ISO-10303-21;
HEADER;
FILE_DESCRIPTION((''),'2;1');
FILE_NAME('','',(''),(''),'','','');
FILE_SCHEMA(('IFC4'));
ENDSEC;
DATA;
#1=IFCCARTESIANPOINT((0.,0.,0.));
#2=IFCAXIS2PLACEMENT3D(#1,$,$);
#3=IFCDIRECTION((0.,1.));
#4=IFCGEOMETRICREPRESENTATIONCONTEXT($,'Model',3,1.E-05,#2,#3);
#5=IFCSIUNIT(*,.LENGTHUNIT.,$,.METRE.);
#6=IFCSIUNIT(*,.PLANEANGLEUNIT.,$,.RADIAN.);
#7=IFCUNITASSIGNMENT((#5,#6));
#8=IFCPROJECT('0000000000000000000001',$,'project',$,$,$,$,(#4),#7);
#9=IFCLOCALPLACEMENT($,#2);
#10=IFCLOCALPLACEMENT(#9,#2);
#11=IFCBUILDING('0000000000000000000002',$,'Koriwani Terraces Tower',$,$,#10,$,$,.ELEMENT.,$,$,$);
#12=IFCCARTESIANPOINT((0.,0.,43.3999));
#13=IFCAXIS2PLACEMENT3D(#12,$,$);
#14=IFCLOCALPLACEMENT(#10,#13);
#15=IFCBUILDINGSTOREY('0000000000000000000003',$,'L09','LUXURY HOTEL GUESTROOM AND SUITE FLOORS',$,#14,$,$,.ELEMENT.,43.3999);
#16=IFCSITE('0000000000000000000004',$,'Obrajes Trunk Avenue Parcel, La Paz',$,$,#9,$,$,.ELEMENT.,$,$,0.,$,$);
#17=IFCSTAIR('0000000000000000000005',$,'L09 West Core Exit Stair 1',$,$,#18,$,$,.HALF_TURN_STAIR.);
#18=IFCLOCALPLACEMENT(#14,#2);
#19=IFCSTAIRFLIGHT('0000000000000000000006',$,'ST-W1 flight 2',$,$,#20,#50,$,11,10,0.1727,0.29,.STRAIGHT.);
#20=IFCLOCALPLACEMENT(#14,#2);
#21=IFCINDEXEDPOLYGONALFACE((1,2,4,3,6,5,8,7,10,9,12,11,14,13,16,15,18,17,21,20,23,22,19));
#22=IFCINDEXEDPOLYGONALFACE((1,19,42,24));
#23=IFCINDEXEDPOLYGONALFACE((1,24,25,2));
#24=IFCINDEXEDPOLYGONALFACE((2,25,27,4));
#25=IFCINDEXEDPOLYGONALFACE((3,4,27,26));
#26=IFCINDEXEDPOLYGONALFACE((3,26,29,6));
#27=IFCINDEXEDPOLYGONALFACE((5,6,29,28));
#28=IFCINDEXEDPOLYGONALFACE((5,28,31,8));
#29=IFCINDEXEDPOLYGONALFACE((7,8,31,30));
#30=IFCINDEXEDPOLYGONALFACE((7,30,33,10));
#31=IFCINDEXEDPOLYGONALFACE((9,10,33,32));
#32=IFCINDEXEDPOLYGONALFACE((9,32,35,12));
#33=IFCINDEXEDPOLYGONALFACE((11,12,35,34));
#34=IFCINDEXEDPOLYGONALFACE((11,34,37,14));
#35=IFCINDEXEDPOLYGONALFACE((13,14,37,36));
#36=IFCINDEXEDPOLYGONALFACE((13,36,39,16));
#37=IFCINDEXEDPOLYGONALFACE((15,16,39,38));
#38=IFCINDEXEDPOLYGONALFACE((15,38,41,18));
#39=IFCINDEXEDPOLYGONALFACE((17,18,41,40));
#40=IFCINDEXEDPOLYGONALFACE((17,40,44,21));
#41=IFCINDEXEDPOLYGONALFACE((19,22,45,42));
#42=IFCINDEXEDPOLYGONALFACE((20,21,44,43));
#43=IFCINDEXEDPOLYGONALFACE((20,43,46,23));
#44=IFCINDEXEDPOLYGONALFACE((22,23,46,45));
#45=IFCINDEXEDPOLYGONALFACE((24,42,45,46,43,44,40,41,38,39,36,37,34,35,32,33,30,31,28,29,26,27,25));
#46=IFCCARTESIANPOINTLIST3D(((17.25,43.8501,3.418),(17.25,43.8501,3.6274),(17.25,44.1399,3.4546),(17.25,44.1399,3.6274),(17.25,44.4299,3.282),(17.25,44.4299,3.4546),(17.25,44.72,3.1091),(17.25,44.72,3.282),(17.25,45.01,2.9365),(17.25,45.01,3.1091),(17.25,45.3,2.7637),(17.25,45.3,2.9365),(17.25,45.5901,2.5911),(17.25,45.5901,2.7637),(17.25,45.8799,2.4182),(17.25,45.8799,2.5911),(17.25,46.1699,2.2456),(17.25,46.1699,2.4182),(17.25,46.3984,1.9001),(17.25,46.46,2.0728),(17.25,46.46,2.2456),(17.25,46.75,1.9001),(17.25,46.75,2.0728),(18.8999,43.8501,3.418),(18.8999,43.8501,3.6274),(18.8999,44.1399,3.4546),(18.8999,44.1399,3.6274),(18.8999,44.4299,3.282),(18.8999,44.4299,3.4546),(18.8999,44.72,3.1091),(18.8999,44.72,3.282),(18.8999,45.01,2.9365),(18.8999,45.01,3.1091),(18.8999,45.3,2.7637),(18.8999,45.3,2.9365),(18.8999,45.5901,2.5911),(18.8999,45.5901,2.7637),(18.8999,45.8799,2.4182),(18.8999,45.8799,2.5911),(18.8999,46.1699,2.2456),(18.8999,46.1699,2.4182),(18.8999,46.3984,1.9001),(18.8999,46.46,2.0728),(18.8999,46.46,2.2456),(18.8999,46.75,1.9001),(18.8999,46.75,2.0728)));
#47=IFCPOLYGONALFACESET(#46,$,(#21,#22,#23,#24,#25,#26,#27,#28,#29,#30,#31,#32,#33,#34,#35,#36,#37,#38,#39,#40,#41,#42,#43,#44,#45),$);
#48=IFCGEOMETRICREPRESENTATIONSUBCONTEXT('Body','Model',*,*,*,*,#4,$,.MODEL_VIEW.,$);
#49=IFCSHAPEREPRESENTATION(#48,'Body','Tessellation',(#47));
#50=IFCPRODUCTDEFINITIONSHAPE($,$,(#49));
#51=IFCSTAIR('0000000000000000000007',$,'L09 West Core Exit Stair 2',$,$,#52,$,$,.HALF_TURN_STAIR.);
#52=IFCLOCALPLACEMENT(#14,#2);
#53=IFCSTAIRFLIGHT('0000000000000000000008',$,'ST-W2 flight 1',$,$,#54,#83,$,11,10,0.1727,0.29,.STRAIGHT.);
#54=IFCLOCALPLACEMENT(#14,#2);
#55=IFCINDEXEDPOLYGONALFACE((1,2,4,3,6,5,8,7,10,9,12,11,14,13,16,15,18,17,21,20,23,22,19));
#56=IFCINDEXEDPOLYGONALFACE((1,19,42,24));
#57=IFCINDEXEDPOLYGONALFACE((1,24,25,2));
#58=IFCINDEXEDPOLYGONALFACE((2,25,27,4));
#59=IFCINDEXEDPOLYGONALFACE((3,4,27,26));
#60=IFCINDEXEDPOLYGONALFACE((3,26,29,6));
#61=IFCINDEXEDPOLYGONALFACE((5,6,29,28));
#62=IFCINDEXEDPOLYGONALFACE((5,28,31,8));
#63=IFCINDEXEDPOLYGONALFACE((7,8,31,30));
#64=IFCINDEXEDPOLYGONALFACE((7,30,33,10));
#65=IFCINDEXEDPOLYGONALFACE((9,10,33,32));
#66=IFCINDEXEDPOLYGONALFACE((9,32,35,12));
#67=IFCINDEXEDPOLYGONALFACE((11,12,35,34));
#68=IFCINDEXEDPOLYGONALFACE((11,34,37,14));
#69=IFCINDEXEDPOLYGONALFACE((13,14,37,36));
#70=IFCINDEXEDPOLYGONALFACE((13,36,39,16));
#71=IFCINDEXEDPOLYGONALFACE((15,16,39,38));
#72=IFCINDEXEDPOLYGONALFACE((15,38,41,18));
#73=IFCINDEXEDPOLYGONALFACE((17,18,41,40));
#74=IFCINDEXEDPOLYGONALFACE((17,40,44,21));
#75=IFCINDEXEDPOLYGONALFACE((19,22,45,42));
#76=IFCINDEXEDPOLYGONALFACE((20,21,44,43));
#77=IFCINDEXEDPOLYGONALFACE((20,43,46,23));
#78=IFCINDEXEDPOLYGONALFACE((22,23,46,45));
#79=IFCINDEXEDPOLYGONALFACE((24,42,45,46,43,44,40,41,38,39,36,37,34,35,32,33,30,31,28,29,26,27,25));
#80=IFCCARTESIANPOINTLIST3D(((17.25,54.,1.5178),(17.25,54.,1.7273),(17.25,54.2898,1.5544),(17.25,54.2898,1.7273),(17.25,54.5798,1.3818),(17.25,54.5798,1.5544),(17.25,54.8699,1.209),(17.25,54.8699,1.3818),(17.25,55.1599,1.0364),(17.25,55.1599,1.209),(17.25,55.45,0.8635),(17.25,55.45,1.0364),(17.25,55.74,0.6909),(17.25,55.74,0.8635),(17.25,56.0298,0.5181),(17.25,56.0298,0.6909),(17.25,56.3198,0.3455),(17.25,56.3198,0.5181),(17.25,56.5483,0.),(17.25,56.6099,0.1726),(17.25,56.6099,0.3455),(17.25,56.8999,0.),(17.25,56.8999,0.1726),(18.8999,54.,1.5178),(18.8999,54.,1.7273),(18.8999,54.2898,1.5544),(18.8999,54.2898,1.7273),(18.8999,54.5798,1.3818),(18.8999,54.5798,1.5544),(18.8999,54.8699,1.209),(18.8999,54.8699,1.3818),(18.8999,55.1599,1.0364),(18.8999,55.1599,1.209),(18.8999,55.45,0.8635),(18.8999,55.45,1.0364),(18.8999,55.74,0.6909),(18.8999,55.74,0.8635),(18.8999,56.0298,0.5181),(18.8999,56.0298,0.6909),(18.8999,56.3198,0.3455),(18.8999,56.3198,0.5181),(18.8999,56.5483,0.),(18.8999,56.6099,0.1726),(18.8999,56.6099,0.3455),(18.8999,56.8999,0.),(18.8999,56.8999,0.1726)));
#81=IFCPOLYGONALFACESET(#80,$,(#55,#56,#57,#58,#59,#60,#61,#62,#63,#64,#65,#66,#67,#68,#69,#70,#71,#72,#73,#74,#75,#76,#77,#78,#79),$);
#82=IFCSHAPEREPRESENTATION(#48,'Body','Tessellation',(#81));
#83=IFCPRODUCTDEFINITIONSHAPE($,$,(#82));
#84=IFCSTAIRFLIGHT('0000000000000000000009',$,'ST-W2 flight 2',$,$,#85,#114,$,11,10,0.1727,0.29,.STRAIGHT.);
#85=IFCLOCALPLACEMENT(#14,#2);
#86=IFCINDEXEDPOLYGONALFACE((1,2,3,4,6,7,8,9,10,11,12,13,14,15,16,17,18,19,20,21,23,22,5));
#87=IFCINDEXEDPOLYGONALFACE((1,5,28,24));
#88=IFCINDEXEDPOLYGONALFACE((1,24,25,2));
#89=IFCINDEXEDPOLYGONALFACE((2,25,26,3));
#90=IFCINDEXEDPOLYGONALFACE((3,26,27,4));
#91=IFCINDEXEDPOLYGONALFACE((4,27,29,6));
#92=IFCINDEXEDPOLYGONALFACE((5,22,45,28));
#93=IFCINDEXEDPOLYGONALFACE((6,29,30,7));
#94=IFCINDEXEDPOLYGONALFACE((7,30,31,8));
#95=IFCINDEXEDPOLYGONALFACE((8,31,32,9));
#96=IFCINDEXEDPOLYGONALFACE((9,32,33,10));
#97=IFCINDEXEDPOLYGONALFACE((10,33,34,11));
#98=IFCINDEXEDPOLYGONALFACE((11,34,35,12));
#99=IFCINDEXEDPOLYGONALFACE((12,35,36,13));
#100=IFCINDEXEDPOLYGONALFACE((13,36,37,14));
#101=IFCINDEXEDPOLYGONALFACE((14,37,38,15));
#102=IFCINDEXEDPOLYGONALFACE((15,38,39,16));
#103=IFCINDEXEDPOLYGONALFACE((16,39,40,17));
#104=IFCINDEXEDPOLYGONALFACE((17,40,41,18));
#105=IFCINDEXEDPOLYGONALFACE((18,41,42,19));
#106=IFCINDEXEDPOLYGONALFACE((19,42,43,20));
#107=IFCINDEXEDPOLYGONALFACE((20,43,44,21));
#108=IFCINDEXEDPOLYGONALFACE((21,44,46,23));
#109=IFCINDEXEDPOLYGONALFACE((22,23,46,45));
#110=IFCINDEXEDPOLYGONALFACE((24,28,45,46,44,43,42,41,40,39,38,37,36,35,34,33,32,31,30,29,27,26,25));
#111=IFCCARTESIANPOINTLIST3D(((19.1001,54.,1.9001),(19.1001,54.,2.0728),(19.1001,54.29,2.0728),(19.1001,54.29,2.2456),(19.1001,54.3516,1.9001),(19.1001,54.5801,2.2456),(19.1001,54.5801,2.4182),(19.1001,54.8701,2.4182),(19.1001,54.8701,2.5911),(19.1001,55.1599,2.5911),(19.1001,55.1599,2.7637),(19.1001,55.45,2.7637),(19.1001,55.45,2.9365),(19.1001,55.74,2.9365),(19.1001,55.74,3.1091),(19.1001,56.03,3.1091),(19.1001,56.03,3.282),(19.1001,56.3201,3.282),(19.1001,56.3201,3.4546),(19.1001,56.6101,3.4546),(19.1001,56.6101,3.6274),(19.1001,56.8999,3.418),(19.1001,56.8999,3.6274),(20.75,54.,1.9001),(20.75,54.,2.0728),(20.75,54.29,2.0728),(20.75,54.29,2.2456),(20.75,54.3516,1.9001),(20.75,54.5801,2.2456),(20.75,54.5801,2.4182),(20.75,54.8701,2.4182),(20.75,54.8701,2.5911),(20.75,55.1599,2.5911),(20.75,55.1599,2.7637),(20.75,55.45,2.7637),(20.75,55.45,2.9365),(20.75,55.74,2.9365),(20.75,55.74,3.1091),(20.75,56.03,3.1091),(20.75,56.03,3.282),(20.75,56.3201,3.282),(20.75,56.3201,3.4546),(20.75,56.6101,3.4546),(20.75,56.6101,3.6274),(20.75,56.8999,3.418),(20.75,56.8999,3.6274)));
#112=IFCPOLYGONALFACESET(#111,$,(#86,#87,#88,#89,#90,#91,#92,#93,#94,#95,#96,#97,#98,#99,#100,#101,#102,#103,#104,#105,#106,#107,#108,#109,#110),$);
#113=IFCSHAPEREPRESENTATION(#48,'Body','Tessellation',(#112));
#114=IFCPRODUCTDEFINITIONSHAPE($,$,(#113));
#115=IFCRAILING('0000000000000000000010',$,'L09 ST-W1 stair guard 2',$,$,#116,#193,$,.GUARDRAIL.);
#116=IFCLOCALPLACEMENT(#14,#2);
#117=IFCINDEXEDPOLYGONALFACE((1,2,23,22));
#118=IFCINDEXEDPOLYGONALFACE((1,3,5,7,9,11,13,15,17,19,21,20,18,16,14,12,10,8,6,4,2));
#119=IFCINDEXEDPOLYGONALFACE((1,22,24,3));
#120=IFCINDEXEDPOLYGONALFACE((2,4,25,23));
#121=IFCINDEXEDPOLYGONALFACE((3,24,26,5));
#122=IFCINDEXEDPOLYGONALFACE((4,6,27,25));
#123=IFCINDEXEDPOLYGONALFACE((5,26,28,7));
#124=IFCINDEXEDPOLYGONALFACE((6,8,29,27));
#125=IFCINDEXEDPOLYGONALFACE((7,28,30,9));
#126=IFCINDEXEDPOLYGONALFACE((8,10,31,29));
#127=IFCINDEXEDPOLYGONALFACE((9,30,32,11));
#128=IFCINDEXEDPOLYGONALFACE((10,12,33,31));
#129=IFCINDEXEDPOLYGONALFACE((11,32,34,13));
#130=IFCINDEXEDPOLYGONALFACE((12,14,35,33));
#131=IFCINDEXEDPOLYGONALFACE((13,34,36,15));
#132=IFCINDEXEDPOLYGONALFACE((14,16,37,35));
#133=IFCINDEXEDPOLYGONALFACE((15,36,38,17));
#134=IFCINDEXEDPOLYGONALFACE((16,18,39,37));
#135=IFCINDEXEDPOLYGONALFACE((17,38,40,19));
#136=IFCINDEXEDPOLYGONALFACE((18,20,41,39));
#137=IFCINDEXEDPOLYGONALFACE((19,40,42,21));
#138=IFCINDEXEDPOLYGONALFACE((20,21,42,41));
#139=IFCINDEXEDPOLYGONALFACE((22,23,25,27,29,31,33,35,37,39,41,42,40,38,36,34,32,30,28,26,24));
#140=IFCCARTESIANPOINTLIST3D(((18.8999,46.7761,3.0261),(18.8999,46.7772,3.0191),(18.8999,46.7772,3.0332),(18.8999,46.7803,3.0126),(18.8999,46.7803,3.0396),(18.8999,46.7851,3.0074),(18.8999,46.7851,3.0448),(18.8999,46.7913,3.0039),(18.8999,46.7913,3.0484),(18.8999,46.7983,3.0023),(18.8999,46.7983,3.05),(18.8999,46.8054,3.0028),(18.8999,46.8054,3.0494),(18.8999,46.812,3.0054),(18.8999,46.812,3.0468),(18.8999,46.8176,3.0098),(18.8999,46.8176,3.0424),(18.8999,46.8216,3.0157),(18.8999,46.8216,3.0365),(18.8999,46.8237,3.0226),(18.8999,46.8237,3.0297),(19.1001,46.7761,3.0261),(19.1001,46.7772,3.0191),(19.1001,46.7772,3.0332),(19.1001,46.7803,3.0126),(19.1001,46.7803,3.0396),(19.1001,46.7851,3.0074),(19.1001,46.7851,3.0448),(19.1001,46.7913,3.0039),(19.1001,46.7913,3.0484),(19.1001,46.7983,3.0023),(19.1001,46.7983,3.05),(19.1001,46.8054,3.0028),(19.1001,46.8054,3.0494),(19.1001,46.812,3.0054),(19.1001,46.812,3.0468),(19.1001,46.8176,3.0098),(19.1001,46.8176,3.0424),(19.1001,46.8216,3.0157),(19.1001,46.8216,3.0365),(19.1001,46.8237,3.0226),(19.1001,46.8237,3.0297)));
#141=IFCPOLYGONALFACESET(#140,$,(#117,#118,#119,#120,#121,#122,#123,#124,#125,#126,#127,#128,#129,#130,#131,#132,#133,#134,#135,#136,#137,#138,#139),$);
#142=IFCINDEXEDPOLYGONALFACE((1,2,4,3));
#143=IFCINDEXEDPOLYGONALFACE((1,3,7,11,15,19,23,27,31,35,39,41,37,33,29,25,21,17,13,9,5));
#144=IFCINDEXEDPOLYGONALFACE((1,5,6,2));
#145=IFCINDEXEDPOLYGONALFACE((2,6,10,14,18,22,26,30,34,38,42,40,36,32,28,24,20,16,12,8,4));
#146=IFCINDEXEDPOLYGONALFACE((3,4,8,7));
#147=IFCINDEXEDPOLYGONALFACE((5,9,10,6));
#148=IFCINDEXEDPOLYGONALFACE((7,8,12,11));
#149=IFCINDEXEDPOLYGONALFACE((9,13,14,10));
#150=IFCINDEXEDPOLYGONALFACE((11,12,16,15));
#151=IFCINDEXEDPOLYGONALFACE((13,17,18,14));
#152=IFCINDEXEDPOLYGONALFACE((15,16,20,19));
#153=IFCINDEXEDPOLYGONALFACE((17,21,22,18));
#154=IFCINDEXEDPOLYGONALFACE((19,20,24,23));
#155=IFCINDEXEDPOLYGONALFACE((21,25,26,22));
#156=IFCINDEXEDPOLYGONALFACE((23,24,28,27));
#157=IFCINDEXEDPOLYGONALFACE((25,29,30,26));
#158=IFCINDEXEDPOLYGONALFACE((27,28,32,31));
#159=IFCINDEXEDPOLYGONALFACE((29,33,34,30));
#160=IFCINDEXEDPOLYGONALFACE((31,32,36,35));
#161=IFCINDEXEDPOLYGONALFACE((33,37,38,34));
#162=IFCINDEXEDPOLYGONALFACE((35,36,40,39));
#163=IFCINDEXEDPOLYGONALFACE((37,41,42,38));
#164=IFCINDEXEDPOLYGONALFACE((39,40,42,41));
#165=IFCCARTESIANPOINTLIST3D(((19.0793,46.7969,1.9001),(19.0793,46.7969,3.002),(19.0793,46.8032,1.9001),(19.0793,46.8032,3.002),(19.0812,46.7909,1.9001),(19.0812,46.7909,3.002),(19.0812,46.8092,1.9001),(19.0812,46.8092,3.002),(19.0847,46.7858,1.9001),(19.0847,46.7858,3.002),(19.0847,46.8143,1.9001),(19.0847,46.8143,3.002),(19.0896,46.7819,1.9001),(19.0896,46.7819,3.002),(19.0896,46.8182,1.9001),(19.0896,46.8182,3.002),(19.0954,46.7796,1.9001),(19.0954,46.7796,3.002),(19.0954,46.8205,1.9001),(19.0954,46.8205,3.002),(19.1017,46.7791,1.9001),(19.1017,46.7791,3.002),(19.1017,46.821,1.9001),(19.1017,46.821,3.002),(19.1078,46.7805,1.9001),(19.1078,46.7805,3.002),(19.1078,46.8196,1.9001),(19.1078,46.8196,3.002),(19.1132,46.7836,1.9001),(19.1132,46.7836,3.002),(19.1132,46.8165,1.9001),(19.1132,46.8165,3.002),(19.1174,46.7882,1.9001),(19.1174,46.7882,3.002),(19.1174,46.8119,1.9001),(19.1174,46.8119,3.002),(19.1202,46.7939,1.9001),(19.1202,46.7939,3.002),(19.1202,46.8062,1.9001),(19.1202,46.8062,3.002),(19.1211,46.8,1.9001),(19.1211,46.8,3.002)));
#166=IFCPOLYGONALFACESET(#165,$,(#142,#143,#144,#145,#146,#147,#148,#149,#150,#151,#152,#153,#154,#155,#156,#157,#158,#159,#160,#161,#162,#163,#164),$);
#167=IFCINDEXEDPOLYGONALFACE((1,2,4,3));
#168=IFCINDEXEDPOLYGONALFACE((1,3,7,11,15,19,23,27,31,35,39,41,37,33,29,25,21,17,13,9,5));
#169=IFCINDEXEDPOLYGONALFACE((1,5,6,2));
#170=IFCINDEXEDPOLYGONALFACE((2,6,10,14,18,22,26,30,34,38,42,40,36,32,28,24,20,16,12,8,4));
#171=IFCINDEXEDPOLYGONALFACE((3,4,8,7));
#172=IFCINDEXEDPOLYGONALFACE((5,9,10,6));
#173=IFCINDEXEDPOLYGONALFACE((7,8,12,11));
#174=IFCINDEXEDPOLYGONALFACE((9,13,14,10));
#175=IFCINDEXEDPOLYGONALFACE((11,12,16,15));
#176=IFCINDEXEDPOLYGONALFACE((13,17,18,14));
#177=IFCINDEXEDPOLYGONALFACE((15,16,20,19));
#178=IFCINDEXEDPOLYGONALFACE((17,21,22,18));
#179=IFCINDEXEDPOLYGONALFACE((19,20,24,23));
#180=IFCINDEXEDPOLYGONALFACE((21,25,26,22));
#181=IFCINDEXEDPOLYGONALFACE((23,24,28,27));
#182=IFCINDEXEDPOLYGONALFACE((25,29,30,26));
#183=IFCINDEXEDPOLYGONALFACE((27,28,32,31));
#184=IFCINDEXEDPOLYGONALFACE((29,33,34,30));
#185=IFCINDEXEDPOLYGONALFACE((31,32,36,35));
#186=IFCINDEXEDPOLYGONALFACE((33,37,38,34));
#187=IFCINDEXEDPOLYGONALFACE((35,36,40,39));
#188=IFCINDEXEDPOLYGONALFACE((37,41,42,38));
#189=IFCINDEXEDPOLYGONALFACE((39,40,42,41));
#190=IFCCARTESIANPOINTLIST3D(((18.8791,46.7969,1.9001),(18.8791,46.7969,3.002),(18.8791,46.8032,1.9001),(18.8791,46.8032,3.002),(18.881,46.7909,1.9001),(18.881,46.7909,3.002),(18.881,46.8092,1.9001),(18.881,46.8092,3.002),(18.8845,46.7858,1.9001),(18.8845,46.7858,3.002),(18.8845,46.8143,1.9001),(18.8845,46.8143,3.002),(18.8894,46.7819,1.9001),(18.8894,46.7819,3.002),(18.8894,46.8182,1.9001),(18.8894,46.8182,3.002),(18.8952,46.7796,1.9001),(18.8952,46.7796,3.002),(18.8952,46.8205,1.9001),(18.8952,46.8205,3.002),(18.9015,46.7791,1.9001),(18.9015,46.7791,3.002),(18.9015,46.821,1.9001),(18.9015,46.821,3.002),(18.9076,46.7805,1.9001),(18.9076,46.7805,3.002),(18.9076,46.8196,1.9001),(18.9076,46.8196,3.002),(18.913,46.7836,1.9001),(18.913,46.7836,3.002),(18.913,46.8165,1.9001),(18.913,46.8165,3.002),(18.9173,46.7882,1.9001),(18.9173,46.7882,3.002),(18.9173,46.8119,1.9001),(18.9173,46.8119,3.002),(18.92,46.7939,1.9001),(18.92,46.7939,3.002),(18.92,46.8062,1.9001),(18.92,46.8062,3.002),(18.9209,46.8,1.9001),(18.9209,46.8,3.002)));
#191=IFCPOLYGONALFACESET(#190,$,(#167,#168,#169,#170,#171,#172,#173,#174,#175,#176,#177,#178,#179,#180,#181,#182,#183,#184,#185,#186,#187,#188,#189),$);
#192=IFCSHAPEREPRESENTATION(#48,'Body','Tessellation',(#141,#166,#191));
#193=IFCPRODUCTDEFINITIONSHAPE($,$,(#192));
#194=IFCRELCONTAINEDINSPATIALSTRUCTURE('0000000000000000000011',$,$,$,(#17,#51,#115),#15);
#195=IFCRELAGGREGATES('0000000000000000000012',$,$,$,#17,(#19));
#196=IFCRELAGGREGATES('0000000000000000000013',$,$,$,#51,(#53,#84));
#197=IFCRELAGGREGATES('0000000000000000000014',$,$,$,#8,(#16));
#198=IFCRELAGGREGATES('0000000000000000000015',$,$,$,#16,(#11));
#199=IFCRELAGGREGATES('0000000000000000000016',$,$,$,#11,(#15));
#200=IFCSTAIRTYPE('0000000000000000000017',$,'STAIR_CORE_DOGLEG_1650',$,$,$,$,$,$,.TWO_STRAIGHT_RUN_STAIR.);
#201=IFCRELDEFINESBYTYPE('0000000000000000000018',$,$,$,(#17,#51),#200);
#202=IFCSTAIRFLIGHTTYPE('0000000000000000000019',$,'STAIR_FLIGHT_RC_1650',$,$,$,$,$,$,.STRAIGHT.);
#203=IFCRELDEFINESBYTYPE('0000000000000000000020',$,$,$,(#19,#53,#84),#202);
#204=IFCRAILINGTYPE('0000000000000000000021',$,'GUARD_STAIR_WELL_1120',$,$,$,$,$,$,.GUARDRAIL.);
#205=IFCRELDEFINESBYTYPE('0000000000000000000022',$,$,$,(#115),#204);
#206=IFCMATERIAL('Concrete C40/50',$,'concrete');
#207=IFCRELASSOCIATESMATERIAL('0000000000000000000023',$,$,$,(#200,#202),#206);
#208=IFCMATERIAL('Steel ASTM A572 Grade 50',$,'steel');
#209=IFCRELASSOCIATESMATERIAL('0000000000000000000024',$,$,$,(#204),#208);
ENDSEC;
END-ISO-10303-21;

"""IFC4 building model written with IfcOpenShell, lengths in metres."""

from ifc_helpers import new_model, si_unit, direction, frame, origin, origin_2d, place, context, subcontext, project, spatial, polyline, circle, outline, extrude, material, type_object, element, aggregate, save


model = new_model("IFC4")

# Units and contexts
model_context = context("Model", 3, precision=1e-05, world=origin(), true_north=direction((0.0, 1.0)))
body_context = subcontext(model_context, "Body", "Model", "MODEL_VIEW")
ifc_project = project(units=[si_unit("LENGTHUNIT", "METRE"), si_unit("PLANEANGLEUNIT", "RADIAN")], contexts=[model_context])

# Site, building, storey
site_placement = place(None, origin())
site = spatial("IfcSite", under=ifc_project, at=site_placement, Name="Obrajes Trunk Avenue Parcel, La Paz", CompositionType="ELEMENT", RefElevation=0.0)
building_placement = place(site_placement, origin())
building = spatial("IfcBuilding", under=site, at=building_placement, Name="Koriwani Terraces Tower", CompositionType="ELEMENT")
storey_placement = place(building_placement, frame((0.0, 0.0, 43.3999)))
storey = spatial("IfcBuildingStorey", under=building, at=storey_placement, Name="L09", Description="LUXURY HOTEL GUESTROOM AND SUITE FLOORS", CompositionType="ELEMENT", Elevation=43.3999)

# Shared definitions
ifc_material_1 = material(Name="Concrete C40/50", Category="concrete")

# Shared definitions
ifc_material_2 = material(Name="Steel ASTM A572 Grade 50", Category="steel")

# Stair, stair flight
stair_type = type_object("IfcStairType", Name="STAIR_CORE_DOGLEG_1650", PredefinedType="TWO_STRAIGHT_RUN_STAIR", material=ifc_material_1)
stair_1_placement = place(storey_placement, origin())
stair_1 = element("IfcStair", 1, at=stair_1_placement, inside=storey, type_object=stair_type, Name="L09 West Core Exit Stair 1", PredefinedType="HALF_TURN_STAIR")
stair_flight_type = type_object("IfcStairFlightType", Name="STAIR_FLIGHT_RC_1650", PredefinedType="STRAIGHT", material=ifc_material_1)
stair_flight_1_placement = place(storey_placement, frame((18.075, 46.75, 1.9001), z_axis=(0.0, 0.0, 1.0), x_axis=(0.0, -1.0, 0.0)))
stair_flight_1 = element("IfcStairFlight", 2, at=stair_flight_1_placement, type_object=stair_flight_type, Name="ST-W1 flight 2", NumberOfRisers=11, NumberOfTreads=10, PredefinedType="STRAIGHT", RiserHeight=0.1727, TreadLength=0.29, context=body_context, shape_type="SweptSolid", body=[
    extrude(outline(polyline([(0.0, 0.0), (0.0, 0.1726), (0.29, 0.1726), (0.29, 0.3455), (0.5801, 0.3455), (0.5801, 0.5181), (0.8701, 0.5181), (0.8701, 0.6909), (1.1599, 0.6909), (1.1599, 0.8635), (1.45, 0.8635), (1.45, 1.0364), (1.74, 1.0364), (1.74, 1.209), (2.03, 1.209), (2.03, 1.3818), (2.3201, 1.3818), (2.3201, 1.5544), (2.6101, 1.5544), (2.6101, 1.7273), (2.8999, 1.7273), (2.8999, 1.8999), (2.8999, 1.5178), (0.3516, 0.0), (0.0, 0.0)])), frame((0.0, 0.825, 0.0), z_axis=(0.0, -1.0, 0.0), x_axis=(1.0, 0.0, 0.0)), (0.0, 0.0, 1.0), 1.6499),
])
aggregate(stair_1, [stair_flight_1])

# Stair, stair flights
stair_2_placement = place(storey_placement, origin())
stair_2 = element("IfcStair", 3, at=stair_2_placement, inside=storey, type_object=stair_type, Name="L09 West Core Exit Stair 2", PredefinedType="HALF_TURN_STAIR")
stair_flight_2_placement = place(storey_placement, frame((18.075, 56.8999, 0.0), z_axis=(0.0, 0.0, 1.0), x_axis=(0.0, -1.0, 0.0)))
stair_flight_2 = element("IfcStairFlight", 4, at=stair_flight_2_placement, type_object=stair_flight_type, Name="ST-W2 flight 1", NumberOfRisers=11, NumberOfTreads=10, PredefinedType="STRAIGHT", RiserHeight=0.1727, TreadLength=0.29, context=body_context, shape_type="SweptSolid", body=[
    extrude(outline(polyline([(0.0, 0.0), (0.0, 0.1726), (0.29, 0.1726), (0.29, 0.3455), (0.5801, 0.3455), (0.5801, 0.5181), (0.8701, 0.5181), (0.8701, 0.6909), (1.1599, 0.6909), (1.1599, 0.8635), (1.45, 0.8635), (1.45, 1.0364), (1.74, 1.0364), (1.74, 1.209), (2.03, 1.209), (2.03, 1.3818), (2.3201, 1.3818), (2.3201, 1.5544), (2.6101, 1.5544), (2.6101, 1.7273), (2.8999, 1.7273), (2.8999, 1.8999), (2.8999, 1.5178), (0.3516, 0.0), (0.0, 0.0)])), frame((0.0, 0.825, 0.0), z_axis=(0.0, -1.0, 0.0), x_axis=(1.0, 0.0, 0.0)), (0.0, 0.0, 1.0), 1.6499),
])
stair_flight_3_placement = place(storey_placement, frame((19.925, 54.0, 1.9001), z_axis=(0.0, 0.0, 1.0), x_axis=(0.0, 1.0, 0.0)))
stair_flight_3 = element("IfcStairFlight", 5, at=stair_flight_3_placement, type_object=stair_flight_type, Name="ST-W2 flight 2", NumberOfRisers=11, NumberOfTreads=10, PredefinedType="STRAIGHT", RiserHeight=0.1727, TreadLength=0.29, context=body_context, shape_type="SweptSolid", body=[
    extrude(outline(polyline([(0.0, 0.0), (0.0, 0.1726), (0.29, 0.1726), (0.29, 0.3455), (0.5801, 0.3455), (0.5801, 0.5181), (0.8701, 0.5181), (0.8701, 0.6909), (1.1599, 0.6909), (1.1599, 0.8635), (1.45, 0.8635), (1.45, 1.0364), (1.74, 1.0364), (1.74, 1.209), (2.03, 1.209), (2.03, 1.3818), (2.3201, 1.3818), (2.3201, 1.5544), (2.6101, 1.5544), (2.6101, 1.7273), (2.8999, 1.7273), (2.8999, 1.8999), (2.8999, 1.5178), (0.3516, 0.0), (0.0, 0.0)])), frame((0.0, 0.825, 0.0), z_axis=(0.0, -1.0, 0.0), x_axis=(1.0, 0.0, 0.0)), (0.0, 0.0, 1.0), 1.6499),
])
aggregate(stair_2, [stair_flight_2, stair_flight_3])

# Railing
railing_type_1 = type_object("IfcRailingType", Name="GUARD_STAIR_WELL_1120", PredefinedType="GUARDRAIL", material=ifc_material_2)
railing_1_placement = place(storey_placement, frame((19.1001, 46.8, 1.9001)))
element("IfcRailing", 6, at=railing_1_placement, inside=storey, type_object=railing_type_1, Name="L09 ST-W1 stair guard 2", PredefinedType="GUARDRAIL", context=body_context, shape_type="SweptSolid", body=[
    extrude(circle(Radius=0.0239, at=origin_2d()), frame((0.0, 0.0, 1.126), z_axis=(-1.0, 0.0, 0.0), x_axis=(0.0, -1.0, 0.0)), (0.0, 0.0, 1.0), 0.2002),
    extrude(circle(Radius=0.021, at=origin_2d()), origin(), (0.0, 0.0, 1.0), 1.1018),
    extrude(circle(Radius=0.021, at=origin_2d()), frame((-0.2002, 0.0, 0.0)), (0.0, 0.0, 1.0), 1.1018),
])

save(model, "model.ifc")
